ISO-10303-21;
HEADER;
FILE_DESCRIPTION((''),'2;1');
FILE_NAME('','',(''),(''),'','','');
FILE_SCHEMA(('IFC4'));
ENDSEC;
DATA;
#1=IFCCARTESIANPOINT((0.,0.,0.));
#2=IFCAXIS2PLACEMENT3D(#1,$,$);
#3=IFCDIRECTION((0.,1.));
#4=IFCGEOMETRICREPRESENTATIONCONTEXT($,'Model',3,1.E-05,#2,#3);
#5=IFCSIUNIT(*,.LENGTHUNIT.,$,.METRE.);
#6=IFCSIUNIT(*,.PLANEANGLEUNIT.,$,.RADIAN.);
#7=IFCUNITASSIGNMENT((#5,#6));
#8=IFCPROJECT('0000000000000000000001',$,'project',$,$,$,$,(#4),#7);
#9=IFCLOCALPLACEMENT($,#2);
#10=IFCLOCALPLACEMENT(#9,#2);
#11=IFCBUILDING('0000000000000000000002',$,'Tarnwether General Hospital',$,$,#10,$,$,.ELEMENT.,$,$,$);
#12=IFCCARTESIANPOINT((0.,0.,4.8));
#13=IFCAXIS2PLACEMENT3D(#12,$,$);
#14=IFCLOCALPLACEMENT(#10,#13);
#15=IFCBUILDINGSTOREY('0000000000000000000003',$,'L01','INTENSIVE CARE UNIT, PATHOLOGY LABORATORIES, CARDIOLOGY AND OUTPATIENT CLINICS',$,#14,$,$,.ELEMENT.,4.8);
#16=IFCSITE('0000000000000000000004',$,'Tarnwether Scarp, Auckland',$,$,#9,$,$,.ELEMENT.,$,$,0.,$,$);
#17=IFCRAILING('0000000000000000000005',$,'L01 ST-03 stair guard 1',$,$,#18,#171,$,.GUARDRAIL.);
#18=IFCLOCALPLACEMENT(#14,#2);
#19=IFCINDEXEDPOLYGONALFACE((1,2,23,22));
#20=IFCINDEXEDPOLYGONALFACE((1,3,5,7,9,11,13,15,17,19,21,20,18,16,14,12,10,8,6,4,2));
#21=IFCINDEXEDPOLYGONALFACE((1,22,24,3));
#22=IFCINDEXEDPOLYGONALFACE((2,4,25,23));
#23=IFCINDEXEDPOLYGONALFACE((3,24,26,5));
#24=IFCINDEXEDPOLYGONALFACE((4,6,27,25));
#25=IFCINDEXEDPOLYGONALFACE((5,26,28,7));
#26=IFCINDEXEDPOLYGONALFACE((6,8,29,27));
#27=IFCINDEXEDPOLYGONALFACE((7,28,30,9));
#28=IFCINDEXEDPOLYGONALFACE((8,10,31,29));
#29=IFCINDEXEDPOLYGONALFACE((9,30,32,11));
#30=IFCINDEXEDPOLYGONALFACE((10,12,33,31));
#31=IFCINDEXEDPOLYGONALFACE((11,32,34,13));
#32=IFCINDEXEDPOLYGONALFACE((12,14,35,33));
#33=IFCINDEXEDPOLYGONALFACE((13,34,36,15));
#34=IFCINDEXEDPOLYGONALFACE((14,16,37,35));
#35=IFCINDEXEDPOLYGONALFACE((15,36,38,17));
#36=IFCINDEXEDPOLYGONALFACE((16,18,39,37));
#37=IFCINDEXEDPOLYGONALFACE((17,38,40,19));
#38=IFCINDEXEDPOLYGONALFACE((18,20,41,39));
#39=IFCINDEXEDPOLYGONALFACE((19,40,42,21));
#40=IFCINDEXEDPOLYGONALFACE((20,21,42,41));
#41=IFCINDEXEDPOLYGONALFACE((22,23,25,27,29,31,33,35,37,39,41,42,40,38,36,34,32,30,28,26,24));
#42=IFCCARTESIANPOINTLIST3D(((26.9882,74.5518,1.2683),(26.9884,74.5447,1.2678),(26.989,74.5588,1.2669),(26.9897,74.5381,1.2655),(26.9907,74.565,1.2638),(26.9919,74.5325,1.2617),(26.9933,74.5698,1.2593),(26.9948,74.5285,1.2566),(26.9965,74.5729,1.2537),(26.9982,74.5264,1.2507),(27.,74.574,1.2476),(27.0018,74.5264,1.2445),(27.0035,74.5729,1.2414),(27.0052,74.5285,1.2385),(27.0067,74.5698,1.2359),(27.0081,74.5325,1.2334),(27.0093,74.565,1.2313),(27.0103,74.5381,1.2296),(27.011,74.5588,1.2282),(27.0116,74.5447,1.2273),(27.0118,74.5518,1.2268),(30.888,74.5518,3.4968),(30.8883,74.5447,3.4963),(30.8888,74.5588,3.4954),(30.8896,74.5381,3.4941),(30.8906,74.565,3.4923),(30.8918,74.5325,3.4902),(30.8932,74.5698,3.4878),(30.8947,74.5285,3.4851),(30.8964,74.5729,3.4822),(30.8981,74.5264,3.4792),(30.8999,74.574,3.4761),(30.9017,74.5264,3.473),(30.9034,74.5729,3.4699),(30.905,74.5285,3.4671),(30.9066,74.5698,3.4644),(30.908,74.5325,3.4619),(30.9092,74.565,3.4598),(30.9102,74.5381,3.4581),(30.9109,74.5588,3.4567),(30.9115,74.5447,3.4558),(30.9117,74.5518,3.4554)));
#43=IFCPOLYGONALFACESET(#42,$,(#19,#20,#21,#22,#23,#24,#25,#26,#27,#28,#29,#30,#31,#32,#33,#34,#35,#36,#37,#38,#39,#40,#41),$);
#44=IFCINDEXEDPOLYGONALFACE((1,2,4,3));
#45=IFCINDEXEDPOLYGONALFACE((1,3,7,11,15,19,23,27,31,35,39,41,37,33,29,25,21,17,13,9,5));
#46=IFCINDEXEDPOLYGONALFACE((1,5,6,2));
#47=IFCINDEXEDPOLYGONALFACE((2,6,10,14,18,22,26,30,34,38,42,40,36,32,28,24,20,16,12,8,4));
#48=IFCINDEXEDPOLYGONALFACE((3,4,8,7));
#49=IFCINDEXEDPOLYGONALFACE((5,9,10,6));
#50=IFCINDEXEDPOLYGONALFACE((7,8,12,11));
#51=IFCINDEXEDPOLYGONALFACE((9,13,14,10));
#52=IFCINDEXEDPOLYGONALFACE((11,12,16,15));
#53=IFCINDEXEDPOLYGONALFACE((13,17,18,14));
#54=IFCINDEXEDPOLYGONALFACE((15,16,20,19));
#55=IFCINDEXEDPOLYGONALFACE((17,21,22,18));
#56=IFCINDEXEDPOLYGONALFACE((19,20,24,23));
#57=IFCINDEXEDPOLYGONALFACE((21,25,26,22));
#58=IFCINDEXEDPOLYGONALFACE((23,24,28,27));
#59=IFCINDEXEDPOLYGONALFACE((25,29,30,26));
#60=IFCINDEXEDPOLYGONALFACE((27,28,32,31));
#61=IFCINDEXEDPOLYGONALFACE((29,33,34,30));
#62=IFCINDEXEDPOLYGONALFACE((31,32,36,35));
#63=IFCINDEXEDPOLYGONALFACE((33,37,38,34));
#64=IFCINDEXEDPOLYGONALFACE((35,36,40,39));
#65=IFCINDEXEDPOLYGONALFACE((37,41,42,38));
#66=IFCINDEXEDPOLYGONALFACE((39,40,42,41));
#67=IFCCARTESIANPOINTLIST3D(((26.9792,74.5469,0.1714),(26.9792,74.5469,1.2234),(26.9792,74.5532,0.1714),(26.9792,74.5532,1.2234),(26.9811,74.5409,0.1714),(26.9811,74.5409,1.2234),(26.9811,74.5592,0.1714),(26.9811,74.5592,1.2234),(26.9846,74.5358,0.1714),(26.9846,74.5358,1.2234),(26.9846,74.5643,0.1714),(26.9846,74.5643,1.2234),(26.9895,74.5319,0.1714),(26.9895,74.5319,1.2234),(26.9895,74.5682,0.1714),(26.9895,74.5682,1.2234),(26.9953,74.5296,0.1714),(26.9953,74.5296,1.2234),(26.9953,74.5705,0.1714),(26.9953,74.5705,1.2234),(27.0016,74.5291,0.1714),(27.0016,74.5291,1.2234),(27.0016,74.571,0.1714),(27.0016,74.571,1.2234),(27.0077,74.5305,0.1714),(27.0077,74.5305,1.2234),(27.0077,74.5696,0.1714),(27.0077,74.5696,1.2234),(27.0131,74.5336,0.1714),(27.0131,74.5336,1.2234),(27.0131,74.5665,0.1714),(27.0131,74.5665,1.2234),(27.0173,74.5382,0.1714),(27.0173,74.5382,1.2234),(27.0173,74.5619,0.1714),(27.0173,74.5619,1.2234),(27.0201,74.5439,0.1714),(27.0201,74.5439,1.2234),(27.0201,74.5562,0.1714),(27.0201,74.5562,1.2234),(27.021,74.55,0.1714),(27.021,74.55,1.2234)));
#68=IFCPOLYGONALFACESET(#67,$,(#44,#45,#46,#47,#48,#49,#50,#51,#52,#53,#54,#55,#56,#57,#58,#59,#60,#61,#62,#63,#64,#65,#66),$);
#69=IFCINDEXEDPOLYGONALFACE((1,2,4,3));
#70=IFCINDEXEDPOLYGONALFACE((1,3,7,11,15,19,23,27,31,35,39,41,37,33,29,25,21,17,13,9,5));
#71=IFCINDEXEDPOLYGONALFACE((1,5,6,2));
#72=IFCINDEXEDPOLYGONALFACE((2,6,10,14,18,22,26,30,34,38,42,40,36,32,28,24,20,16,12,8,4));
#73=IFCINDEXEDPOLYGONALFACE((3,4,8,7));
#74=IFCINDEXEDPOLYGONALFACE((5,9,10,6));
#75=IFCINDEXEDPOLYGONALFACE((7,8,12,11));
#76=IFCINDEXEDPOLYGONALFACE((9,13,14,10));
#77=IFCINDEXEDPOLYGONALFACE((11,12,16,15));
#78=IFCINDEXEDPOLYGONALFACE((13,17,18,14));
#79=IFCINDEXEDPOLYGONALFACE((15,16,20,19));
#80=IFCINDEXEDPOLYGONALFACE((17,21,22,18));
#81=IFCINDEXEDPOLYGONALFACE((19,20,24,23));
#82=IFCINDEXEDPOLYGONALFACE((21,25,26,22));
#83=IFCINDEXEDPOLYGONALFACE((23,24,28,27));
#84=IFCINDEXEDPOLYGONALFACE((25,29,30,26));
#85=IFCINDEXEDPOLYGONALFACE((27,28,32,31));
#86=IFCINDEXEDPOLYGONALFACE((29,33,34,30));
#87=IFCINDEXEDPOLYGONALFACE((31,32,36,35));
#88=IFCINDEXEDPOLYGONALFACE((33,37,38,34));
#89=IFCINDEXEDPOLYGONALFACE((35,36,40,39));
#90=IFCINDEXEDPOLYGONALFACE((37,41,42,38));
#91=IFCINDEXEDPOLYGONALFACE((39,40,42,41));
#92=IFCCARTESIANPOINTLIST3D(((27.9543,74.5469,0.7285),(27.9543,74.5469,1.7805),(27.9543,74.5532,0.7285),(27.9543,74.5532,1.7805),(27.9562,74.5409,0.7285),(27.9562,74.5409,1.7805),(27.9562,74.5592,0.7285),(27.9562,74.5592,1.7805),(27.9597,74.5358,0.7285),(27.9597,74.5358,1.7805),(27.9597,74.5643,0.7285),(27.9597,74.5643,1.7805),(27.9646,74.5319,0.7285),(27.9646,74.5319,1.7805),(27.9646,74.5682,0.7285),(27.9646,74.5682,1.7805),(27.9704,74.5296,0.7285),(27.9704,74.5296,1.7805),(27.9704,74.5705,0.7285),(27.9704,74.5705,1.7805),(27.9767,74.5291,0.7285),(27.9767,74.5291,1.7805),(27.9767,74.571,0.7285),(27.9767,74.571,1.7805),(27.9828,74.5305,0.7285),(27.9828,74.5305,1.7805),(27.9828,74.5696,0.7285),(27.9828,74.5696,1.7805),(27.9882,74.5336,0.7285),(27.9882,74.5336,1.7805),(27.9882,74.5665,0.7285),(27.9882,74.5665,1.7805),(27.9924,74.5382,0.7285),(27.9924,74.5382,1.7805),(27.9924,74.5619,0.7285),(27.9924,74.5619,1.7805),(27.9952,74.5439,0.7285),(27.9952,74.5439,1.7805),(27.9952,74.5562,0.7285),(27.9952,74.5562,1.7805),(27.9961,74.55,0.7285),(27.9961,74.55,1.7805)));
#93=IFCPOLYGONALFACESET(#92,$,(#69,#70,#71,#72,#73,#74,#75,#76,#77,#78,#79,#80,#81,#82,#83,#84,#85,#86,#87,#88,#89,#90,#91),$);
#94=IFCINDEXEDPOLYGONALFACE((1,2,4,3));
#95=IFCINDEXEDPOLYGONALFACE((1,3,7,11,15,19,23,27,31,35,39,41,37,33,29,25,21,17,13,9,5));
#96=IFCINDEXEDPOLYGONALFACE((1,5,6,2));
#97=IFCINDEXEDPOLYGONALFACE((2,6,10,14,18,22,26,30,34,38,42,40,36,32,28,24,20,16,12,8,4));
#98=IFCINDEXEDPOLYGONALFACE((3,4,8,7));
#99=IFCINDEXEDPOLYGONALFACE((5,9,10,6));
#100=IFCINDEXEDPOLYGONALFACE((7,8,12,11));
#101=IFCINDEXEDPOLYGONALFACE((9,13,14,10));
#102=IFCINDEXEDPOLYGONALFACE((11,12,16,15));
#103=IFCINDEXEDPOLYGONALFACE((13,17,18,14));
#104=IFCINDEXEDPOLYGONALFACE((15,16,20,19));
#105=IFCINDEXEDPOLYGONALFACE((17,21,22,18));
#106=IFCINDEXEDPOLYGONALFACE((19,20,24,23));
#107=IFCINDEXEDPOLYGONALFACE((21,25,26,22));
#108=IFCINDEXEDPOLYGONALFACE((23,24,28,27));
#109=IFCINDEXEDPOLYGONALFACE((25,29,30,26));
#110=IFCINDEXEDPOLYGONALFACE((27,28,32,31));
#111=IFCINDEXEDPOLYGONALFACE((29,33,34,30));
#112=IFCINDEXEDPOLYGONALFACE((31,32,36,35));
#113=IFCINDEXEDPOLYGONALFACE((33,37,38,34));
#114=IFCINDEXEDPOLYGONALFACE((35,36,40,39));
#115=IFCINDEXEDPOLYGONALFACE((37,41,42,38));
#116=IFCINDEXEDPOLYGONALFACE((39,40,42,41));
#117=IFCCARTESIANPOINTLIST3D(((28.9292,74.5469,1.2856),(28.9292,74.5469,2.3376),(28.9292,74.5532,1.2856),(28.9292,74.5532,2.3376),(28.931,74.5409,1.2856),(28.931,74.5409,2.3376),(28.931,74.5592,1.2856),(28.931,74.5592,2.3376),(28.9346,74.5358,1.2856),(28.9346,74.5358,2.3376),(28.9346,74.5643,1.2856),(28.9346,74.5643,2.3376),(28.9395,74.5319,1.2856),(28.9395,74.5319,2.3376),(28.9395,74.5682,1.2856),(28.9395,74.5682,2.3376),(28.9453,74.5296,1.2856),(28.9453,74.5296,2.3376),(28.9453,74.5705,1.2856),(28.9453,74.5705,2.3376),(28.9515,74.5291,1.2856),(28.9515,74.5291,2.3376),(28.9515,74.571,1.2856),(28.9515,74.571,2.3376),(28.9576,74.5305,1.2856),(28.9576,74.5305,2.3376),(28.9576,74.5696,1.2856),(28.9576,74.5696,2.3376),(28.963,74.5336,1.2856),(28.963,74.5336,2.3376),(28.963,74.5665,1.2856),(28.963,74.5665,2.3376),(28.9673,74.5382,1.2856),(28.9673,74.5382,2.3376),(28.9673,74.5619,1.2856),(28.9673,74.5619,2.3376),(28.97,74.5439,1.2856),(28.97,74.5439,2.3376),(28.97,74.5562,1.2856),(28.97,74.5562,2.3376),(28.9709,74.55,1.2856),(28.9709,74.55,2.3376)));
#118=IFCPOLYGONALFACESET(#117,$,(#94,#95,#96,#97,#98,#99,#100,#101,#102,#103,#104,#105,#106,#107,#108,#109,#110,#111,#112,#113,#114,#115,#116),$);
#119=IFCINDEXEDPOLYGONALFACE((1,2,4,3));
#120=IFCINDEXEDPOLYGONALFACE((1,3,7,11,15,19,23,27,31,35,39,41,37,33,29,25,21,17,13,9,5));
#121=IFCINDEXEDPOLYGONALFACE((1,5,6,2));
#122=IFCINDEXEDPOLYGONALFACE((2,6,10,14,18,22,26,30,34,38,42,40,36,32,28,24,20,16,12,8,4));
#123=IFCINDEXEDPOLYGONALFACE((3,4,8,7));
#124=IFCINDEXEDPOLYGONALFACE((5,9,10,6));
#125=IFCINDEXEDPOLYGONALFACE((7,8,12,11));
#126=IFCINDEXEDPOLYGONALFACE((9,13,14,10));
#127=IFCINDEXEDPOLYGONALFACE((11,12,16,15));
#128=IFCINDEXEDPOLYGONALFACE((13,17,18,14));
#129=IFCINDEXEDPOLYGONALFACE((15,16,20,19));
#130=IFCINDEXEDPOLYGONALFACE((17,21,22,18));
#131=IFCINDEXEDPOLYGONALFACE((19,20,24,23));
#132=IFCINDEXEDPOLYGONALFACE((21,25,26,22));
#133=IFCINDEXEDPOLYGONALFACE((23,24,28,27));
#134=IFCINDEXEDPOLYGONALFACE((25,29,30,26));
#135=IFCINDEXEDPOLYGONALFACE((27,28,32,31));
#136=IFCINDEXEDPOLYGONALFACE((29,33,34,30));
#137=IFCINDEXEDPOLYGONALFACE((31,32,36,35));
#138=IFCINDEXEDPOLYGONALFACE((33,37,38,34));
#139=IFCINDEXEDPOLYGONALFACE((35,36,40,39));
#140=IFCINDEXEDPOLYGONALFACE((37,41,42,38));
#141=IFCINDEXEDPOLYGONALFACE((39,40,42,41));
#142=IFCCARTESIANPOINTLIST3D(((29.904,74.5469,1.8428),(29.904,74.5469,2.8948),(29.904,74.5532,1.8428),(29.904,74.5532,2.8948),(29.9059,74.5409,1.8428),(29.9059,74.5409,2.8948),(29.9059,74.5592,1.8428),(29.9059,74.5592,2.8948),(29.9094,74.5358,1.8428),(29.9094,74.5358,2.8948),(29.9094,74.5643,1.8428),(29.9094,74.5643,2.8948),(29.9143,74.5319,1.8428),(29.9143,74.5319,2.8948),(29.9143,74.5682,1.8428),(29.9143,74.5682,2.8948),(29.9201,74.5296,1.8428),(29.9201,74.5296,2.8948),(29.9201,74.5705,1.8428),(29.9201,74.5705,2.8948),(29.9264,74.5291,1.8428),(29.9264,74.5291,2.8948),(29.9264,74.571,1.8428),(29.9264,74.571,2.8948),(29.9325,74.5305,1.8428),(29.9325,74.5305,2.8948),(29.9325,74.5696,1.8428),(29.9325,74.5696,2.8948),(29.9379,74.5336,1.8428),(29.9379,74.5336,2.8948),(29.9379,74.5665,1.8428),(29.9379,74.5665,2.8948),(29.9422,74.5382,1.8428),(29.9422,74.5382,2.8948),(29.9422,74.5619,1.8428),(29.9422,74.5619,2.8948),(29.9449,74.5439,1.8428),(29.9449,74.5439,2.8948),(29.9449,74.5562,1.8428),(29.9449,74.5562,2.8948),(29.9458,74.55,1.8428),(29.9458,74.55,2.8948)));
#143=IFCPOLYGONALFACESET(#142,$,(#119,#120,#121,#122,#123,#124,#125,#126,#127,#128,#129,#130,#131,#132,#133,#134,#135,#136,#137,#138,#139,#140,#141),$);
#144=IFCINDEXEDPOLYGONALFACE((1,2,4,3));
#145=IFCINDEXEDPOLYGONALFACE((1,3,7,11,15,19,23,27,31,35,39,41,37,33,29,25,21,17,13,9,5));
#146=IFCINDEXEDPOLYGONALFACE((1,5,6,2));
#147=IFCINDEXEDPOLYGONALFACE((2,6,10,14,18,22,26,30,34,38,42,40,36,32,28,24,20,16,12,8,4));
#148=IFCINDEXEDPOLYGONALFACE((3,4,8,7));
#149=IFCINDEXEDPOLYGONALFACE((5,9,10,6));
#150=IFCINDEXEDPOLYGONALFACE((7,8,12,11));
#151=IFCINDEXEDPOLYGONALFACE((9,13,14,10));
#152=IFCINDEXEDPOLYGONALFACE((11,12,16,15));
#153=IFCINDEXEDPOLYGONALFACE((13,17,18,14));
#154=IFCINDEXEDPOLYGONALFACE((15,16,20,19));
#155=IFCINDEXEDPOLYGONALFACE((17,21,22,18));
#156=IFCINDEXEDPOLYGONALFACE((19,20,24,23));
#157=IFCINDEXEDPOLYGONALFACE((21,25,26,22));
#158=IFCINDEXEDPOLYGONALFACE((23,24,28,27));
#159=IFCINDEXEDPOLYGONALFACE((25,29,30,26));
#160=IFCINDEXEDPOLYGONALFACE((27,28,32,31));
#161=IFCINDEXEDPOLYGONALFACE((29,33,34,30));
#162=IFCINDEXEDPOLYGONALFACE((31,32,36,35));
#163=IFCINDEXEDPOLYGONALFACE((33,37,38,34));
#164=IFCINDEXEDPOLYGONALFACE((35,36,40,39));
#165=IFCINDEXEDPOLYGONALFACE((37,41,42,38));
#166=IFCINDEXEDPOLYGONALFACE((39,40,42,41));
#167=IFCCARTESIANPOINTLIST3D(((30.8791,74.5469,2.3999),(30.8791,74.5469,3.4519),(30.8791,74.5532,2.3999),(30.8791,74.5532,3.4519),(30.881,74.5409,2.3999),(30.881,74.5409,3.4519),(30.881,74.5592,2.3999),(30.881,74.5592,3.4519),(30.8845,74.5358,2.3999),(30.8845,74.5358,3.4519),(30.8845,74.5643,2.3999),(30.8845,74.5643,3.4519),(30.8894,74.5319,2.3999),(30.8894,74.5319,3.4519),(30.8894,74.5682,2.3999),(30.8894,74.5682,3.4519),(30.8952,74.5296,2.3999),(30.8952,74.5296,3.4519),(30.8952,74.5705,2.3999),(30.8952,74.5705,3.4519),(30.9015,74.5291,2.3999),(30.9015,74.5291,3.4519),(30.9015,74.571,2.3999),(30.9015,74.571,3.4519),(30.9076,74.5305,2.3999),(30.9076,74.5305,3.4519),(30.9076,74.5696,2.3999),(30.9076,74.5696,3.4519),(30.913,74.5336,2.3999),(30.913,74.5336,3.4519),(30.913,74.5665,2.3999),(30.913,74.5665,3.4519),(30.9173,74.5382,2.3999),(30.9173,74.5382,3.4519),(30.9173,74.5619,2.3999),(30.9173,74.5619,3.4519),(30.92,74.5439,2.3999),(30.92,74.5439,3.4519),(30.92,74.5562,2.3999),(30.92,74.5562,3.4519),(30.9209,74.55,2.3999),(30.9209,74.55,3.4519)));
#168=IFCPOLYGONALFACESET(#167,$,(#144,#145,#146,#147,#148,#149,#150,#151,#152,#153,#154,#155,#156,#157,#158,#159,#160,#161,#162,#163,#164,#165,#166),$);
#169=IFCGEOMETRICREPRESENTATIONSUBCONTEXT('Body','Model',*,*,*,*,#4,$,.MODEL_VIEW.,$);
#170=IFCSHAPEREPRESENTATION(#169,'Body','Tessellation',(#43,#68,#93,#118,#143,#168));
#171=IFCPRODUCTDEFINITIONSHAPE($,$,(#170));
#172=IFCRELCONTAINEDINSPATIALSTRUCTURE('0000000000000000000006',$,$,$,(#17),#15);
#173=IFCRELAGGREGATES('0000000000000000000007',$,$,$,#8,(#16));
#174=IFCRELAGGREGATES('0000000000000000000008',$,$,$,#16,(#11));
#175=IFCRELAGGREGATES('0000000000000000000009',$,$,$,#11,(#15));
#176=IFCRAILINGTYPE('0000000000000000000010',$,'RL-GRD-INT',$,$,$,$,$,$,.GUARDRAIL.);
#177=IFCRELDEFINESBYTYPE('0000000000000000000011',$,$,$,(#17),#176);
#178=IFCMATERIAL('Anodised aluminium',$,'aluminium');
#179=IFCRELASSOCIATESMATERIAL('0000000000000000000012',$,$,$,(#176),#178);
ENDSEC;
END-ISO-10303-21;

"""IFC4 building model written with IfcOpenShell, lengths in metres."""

from ifc_helpers import new_model, si_unit, direction, frame, origin, origin_2d, place, context, subcontext, project, spatial, circle, extrude, material, type_object, element, save


model = new_model("IFC4")

# Units and contexts
model_context = context("Model", 3, precision=1e-05, world=origin(), true_north=direction((0.0, 1.0)))
body_context = subcontext(model_context, "Body", "Model", "MODEL_VIEW")
ifc_project = project(units=[si_unit("LENGTHUNIT", "METRE"), si_unit("PLANEANGLEUNIT", "RADIAN")], contexts=[model_context])

# Site, building, storey
site_placement = place(None, origin())
site = spatial("IfcSite", under=ifc_project, at=site_placement, Name="Tarnwether Scarp, Auckland", CompositionType="ELEMENT", RefElevation=0.0)
building_placement = place(site_placement, origin())
building = spatial("IfcBuilding", under=site, at=building_placement, Name="Tarnwether General Hospital", CompositionType="ELEMENT")
storey_placement = place(building_placement, frame((0.0, 0.0, 4.8)))
storey = spatial("IfcBuildingStorey", under=building, at=storey_placement, Name="L01", Description="INTENSIVE CARE UNIT, PATHOLOGY LABORATORIES, CARDIOLOGY AND OUTPATIENT CLINICS", CompositionType="ELEMENT", Elevation=4.8)

# Railing
ifc_material_1 = material(Name="Anodised aluminium", Category="aluminium")
railing_type_1 = type_object("IfcRailingType", Name="RL-GRD-INT", PredefinedType="GUARDRAIL", material=ifc_material_1)
railing_1_placement = place(storey_placement, frame((27.0, 74.55, 0.1714)))
element("IfcRailing", 1, at=railing_1_placement, inside=storey, type_object=railing_type_1, Name="L01 ST-03 stair guard 1", PredefinedType="GUARDRAIL", context=body_context, shape_type="SweptSolid", body=[
    extrude(circle(Radius=0.0239, at=origin_2d()), frame((0.0, 0.0, 1.0762), z_axis=(0.868243, 0.0, 0.496139), x_axis=(0.0, 1.0, 0.0)), (0.0, 0.0, 1.0), 4.4917),
    extrude(circle(Radius=0.021, at=origin_2d()), origin(), (0.0, 0.0, 1.0), 1.052),
    extrude(circle(Radius=0.021, at=origin_2d()), frame((0.9751, 0.0, 0.5571)), (0.0, 0.0, 1.0), 1.052),
    extrude(circle(Radius=0.021, at=origin_2d()), frame((1.95, 0.0, 1.1143)), (0.0, 0.0, 1.0), 1.052),
    extrude(circle(Radius=0.021, at=origin_2d()), frame((2.9248, 0.0, 1.6714)), (0.0, 0.0, 1.0), 1.052),
    extrude(circle(Radius=0.021, at=origin_2d()), frame((3.8999, 0.0, 2.2285)), (0.0, 0.0, 1.0), 1.052),
])

save(model, "model.ifc")
